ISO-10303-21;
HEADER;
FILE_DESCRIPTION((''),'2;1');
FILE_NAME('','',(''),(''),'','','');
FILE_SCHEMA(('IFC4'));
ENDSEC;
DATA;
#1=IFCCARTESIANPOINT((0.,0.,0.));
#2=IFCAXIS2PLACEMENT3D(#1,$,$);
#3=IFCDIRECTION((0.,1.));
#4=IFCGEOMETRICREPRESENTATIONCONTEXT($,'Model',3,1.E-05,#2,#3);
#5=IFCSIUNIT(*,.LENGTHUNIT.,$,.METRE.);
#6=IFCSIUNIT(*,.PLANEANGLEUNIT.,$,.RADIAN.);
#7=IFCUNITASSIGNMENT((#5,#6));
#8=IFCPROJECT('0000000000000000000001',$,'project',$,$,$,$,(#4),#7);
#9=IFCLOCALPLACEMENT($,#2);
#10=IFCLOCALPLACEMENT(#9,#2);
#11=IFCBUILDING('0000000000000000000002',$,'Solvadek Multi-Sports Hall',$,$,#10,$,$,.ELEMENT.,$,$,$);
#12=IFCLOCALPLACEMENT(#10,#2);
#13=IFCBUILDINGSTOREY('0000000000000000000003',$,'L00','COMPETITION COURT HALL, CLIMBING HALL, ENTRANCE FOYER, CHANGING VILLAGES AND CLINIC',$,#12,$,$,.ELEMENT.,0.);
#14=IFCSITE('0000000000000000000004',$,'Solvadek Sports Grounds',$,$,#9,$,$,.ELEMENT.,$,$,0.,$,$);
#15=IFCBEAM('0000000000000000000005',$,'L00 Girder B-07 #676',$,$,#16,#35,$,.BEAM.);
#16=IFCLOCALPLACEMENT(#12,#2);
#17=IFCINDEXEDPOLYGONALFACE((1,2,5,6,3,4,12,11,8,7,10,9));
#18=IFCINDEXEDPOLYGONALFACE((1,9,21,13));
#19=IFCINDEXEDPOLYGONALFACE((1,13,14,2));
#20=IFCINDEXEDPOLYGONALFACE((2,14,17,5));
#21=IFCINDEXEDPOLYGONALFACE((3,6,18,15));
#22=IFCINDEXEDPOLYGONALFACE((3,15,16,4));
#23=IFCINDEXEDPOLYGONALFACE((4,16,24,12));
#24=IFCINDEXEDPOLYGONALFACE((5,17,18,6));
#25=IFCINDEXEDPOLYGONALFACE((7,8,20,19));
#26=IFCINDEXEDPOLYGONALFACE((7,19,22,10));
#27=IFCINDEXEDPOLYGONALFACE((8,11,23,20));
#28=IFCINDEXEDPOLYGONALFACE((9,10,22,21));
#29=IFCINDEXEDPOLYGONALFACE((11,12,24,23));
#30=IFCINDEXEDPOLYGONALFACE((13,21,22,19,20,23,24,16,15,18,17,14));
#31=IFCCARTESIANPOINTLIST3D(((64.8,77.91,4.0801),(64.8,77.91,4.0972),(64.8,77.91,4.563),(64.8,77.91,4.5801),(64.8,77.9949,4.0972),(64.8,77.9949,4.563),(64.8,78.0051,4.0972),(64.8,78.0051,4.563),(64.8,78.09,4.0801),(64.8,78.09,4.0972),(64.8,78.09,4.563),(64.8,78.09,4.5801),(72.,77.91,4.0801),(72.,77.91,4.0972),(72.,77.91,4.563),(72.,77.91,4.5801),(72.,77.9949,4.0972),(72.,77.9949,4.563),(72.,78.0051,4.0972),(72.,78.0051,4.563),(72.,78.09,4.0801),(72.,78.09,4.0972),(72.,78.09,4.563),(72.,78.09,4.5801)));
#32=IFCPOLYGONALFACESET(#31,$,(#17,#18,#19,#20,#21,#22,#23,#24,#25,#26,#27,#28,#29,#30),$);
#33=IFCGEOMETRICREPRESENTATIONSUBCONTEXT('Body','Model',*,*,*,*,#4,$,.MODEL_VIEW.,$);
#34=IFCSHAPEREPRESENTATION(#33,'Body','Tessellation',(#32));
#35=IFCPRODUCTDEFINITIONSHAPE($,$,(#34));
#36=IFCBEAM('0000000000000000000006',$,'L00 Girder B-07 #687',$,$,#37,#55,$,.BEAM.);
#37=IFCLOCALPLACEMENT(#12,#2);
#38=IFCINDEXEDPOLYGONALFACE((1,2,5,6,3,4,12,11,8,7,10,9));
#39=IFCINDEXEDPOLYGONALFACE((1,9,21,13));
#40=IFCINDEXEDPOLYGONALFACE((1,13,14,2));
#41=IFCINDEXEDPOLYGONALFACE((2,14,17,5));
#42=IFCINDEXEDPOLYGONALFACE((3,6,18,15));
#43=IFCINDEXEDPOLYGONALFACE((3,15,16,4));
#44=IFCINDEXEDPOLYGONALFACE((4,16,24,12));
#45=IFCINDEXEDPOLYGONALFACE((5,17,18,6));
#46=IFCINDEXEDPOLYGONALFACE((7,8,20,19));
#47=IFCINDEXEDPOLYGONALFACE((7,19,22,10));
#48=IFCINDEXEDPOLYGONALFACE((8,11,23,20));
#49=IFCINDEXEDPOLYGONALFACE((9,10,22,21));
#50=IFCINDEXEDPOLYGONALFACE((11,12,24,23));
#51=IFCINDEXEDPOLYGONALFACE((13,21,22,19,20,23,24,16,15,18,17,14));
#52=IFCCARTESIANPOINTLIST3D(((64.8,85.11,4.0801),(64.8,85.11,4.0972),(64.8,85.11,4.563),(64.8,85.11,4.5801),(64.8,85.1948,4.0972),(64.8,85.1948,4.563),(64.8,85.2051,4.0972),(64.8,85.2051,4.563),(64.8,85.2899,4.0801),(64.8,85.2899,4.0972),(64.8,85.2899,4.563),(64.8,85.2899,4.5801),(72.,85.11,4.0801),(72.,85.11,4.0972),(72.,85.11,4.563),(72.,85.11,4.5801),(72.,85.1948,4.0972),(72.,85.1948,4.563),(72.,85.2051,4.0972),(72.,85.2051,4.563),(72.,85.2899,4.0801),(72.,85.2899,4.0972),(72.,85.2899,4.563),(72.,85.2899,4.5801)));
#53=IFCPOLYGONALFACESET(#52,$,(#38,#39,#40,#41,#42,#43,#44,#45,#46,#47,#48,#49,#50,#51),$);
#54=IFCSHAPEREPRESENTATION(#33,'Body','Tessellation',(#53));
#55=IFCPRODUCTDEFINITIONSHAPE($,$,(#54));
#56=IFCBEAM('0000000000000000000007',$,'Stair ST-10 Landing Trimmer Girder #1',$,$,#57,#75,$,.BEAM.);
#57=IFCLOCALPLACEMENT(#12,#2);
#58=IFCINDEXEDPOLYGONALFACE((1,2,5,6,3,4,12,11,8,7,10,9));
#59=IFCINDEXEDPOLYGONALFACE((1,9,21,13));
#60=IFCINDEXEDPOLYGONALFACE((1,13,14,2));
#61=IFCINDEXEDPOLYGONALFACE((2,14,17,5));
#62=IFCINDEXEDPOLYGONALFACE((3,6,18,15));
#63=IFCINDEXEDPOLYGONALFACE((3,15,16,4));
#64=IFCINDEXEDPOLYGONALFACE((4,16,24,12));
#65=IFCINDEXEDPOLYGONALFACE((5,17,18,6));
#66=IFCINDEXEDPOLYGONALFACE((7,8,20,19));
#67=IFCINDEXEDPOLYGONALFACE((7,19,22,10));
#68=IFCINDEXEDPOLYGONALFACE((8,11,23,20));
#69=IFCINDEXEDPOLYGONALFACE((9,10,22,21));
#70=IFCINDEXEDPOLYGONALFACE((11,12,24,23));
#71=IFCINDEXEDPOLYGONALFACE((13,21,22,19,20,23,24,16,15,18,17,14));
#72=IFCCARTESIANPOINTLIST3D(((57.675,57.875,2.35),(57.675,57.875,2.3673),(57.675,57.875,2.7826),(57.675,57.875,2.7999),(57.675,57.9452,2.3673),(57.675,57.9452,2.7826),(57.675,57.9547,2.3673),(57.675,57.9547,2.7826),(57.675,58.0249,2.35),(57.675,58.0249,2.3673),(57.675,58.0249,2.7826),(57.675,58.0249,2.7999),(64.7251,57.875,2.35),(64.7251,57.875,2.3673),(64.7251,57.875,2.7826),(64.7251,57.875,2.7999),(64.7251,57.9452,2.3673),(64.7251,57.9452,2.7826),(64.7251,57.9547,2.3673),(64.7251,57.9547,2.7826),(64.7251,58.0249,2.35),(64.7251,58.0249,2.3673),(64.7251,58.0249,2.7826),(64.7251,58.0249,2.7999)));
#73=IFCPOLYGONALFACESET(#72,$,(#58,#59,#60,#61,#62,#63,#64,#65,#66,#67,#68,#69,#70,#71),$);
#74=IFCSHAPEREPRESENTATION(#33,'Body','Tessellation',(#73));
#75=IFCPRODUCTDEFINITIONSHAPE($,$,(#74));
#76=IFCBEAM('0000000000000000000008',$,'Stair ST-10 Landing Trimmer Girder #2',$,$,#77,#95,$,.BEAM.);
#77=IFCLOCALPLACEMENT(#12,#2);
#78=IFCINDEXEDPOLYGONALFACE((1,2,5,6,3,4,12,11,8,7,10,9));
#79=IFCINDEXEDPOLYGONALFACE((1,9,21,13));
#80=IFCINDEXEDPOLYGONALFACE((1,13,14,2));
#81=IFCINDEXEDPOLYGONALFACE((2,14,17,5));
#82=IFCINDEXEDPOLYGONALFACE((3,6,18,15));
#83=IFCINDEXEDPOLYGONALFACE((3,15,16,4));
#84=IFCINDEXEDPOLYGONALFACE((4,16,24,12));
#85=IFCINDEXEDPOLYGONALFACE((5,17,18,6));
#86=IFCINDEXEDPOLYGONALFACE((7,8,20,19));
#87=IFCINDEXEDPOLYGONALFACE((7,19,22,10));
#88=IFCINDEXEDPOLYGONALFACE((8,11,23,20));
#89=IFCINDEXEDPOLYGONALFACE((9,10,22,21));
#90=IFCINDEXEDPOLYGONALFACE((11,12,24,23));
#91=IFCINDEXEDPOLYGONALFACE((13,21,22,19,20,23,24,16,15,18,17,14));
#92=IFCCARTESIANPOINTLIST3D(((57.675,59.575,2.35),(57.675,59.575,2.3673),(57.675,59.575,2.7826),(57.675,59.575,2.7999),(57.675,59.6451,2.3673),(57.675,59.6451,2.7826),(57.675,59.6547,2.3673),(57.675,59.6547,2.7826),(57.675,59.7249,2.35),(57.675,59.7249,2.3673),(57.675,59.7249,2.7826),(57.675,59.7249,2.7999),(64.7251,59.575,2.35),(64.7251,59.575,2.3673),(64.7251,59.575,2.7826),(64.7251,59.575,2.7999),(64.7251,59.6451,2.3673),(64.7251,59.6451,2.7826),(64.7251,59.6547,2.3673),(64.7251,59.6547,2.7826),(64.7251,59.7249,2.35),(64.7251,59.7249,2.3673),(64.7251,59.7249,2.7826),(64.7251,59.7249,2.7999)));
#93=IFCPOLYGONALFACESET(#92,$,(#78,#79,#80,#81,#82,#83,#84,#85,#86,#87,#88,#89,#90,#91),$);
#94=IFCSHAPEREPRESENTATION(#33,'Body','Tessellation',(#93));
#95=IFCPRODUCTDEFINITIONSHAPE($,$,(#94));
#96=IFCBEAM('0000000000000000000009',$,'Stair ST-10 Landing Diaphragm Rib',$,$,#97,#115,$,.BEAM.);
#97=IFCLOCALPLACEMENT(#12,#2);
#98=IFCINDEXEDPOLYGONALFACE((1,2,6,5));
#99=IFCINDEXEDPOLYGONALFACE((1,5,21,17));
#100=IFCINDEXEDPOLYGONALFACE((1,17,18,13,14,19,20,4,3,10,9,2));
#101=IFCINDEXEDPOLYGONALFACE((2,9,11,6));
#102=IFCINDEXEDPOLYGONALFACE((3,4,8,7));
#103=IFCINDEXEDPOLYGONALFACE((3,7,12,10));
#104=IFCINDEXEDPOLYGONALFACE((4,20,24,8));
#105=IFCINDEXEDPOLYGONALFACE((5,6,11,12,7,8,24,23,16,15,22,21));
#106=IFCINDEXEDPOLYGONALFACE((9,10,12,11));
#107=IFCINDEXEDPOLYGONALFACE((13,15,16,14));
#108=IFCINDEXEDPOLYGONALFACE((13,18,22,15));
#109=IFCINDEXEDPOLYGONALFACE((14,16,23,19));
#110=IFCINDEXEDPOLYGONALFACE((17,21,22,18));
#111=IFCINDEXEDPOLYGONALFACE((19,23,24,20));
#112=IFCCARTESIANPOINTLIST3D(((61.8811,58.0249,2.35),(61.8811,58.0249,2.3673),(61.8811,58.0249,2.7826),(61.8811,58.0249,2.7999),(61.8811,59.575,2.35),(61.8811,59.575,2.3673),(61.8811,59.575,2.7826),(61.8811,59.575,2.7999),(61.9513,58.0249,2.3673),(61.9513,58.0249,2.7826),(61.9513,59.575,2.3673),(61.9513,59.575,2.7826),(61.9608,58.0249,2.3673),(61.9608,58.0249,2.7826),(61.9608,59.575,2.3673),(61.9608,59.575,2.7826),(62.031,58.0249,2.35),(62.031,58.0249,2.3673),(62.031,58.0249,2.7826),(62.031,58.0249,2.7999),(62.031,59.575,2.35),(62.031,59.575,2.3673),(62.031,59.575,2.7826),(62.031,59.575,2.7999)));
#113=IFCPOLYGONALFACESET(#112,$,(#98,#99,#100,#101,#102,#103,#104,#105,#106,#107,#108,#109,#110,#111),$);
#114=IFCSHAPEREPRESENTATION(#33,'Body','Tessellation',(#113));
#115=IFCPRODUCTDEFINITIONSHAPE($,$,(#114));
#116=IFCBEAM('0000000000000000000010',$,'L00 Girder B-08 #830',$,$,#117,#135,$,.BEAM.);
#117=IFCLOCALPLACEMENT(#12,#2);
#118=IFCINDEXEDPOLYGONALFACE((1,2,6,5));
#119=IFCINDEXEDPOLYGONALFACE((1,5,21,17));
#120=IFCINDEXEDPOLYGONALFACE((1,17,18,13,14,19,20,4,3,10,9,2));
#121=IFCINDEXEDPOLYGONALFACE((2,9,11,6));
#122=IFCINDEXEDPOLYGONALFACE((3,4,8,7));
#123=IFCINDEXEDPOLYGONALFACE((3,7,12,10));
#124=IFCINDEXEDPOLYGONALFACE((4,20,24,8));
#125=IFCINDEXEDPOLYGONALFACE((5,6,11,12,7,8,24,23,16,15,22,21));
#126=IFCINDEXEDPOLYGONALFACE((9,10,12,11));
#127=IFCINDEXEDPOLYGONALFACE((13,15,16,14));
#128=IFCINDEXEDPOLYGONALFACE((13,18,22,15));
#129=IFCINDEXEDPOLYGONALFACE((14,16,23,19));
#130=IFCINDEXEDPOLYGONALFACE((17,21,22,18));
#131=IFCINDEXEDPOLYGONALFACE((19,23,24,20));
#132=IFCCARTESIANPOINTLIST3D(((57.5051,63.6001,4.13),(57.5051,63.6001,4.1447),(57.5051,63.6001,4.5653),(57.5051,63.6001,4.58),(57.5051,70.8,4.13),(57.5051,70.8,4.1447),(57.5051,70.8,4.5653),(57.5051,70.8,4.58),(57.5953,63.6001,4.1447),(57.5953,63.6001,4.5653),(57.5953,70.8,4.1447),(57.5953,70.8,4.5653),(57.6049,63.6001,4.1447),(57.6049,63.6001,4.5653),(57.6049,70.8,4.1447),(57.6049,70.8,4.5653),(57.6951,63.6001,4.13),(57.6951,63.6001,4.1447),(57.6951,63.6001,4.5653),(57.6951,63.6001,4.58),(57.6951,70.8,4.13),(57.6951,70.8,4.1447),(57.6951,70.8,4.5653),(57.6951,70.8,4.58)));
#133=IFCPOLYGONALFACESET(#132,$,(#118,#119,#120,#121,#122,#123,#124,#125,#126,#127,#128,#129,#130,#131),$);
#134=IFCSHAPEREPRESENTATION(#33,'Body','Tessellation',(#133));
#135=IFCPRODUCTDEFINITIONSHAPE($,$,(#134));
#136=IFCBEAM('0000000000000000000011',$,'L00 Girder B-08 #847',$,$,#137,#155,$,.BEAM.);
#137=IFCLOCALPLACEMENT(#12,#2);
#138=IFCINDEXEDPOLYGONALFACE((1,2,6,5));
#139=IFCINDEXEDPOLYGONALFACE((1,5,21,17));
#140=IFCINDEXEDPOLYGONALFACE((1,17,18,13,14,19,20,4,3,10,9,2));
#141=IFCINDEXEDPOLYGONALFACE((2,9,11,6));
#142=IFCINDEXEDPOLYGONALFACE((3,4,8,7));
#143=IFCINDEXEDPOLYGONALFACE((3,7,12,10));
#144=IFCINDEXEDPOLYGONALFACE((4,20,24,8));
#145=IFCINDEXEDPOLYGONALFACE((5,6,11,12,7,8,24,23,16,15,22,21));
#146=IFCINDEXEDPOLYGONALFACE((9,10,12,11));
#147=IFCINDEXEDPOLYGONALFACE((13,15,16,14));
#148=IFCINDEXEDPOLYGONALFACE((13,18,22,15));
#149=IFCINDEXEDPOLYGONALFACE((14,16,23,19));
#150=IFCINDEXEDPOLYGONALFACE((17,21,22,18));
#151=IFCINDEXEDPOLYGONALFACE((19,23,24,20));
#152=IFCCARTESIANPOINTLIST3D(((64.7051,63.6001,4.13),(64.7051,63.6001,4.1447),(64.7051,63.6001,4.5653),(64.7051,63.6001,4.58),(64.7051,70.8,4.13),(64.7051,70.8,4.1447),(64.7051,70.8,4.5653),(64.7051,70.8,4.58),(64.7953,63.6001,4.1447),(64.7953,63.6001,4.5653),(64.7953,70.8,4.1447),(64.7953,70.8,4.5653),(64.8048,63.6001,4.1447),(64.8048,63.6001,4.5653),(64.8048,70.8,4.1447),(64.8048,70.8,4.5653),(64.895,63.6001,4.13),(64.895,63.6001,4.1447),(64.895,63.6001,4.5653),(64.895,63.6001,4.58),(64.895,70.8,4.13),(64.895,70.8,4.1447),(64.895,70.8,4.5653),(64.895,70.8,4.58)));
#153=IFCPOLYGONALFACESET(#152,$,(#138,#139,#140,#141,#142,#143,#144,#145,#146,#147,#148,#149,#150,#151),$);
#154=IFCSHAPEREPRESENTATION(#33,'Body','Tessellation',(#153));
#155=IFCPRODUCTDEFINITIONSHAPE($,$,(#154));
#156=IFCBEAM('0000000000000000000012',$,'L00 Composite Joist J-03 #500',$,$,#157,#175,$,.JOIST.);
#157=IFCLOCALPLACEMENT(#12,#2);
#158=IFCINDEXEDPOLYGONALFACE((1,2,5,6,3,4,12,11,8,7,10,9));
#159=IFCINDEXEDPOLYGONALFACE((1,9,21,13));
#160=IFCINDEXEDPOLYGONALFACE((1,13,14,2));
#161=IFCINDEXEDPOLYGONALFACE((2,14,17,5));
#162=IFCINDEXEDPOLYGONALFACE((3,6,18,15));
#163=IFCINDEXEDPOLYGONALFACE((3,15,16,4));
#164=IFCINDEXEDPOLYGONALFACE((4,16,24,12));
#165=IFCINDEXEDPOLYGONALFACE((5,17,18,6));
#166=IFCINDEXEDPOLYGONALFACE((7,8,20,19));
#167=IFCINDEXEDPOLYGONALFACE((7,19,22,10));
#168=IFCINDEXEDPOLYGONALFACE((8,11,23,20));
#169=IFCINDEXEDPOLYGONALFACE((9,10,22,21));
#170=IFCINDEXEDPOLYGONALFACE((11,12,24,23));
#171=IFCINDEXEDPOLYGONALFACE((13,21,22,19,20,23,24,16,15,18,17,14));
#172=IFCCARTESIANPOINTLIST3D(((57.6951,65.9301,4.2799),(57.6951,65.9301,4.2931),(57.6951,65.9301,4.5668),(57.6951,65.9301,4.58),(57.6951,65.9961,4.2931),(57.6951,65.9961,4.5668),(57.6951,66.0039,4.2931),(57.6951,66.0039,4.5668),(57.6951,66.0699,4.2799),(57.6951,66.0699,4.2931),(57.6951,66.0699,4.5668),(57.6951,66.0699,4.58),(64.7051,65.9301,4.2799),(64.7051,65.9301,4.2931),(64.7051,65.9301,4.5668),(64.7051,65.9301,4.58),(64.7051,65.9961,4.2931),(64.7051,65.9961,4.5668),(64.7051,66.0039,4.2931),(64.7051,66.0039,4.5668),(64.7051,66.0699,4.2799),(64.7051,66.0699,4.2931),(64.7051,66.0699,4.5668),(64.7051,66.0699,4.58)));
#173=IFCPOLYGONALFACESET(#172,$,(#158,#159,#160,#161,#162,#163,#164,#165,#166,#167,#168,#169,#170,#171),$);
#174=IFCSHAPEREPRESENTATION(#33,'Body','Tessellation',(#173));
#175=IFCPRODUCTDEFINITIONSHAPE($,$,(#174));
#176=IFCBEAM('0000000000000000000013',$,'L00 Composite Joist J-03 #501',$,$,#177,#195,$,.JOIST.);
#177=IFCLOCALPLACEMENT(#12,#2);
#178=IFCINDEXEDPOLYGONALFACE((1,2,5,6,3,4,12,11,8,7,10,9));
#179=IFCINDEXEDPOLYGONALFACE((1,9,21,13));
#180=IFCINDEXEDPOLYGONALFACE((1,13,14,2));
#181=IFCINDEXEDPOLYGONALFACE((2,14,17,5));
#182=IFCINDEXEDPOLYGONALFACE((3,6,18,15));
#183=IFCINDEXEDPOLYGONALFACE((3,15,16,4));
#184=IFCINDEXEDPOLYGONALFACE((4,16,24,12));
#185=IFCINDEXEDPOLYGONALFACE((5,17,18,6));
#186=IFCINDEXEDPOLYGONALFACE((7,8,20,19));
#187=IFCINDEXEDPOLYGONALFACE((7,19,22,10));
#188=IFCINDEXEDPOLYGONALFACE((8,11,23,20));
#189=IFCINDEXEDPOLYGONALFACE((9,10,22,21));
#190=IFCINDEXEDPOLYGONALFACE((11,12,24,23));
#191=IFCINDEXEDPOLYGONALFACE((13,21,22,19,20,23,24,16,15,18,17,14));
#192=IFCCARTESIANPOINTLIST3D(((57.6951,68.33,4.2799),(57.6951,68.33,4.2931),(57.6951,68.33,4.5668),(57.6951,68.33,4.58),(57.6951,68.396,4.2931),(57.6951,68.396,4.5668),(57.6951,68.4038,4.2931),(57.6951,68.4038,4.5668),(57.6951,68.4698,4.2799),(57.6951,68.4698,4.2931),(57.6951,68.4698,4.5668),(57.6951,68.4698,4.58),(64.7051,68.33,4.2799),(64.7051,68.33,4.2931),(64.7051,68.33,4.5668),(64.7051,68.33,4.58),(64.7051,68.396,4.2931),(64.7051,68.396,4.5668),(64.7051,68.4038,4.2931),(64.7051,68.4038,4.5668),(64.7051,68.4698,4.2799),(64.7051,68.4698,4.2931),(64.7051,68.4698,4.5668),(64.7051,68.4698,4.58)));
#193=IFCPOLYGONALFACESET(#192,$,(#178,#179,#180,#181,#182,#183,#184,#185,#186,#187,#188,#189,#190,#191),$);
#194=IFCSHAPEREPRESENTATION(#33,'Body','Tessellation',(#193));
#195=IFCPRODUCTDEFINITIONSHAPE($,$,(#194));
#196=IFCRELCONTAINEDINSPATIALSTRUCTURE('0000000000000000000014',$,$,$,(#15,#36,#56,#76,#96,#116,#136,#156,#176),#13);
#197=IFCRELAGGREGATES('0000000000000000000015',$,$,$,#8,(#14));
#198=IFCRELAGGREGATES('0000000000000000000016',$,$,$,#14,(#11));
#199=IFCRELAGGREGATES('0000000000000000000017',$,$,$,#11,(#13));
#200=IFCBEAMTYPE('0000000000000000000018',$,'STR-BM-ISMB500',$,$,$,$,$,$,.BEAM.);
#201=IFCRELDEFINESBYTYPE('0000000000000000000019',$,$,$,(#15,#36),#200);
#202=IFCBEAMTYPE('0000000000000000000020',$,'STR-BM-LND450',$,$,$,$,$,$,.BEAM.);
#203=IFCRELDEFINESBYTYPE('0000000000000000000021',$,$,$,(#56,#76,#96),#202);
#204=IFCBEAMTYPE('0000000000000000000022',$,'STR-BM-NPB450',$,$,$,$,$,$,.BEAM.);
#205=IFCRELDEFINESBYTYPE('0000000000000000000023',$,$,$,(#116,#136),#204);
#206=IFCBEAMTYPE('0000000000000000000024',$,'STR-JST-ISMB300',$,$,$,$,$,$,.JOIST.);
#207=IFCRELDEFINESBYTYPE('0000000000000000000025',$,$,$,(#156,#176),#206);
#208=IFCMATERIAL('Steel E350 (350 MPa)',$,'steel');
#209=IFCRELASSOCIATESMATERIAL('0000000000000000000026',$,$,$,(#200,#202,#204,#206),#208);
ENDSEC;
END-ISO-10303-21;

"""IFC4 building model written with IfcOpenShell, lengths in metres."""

from ifc_helpers import new_model, si_unit, direction, frame, origin, origin_2d, place, context, subcontext, project, spatial, i_section, extrude, material, material_profile, profile_set, type_object, element, save


model = new_model("IFC4")

# Units and contexts
model_context = context("Model", 3, precision=1e-05, world=origin(), true_north=direction((0.0, 1.0)))
body_context = subcontext(model_context, "Body", "Model", "MODEL_VIEW")
ifc_project = project(units=[si_unit("LENGTHUNIT", "METRE"), si_unit("PLANEANGLEUNIT", "RADIAN")], contexts=[model_context])

# Site, building, storey
site_placement = place(None, origin())
site = spatial("IfcSite", under=ifc_project, at=site_placement, Name="Solvadek Sports Grounds", CompositionType="ELEMENT", RefElevation=0.0)
building_placement = place(site_placement, origin())
building = spatial("IfcBuilding", under=site, at=building_placement, Name="Solvadek Multi-Sports Hall", CompositionType="ELEMENT")
storey_placement = place(building_placement, origin())
storey = spatial("IfcBuildingStorey", under=building, at=storey_placement, Name="L00", Description="COMPETITION COURT HALL, CLIMBING HALL, ENTRANCE FOYER, CHANGING VILLAGES AND CLINIC", CompositionType="ELEMENT", Elevation=0.0)

# Shared definitions
ifc_material_1 = material(Name="Steel E350 (350 MPa)", Category="steel")

# Beams
ifc_material_profile_1 = material_profile(ifc_material_1, i_section(OverallWidth=0.1799, OverallDepth=0.5, WebThickness=0.0103, FlangeThickness=0.0171, at=origin_2d()), Name="ISMB 500")
ifc_profile_set_1 = profile_set([ifc_material_profile_1], Name="Steel E350 (350 MPa)")
beam_type_1 = type_object("IfcBeamType", Name="STR-BM-ISMB500", PredefinedType="BEAM", material=ifc_profile_set_1)
for number, where, z_axis, x_axis, name in (
    (1, (64.8, 78.0, 4.3301), (1.0, 0.0, 0.0), (0.0, 1.0, 0.0), "L00 Girder B-07 #676"),
    (2, (64.8, 85.2, 4.3301), (1.0, 0.0, 0.0), (0.0, 1.0, 0.0), "L00 Girder B-07 #687"),
):
    element("IfcBeam", number, at=place(storey_placement, frame(where, z_axis=z_axis, x_axis=x_axis)), inside=storey, type_object=beam_type_1, Name=name, PredefinedType="BEAM", context=body_context, shape_type="SweptSolid", body=[
        extrude(i_section(OverallWidth=0.1799, OverallDepth=0.5, WebThickness=0.0103, FlangeThickness=0.0171, at=origin_2d()), origin(), (0.0, 0.0, 1.0), 7.2),
    ])
ifc_material_profile_2 = material_profile(ifc_material_1, i_section(OverallWidth=0.1499, OverallDepth=0.45, WebThickness=0.0095, FlangeThickness=0.0173, at=origin_2d()), Name="ISMB 450")
ifc_profile_set_2 = profile_set([ifc_material_profile_2], Name="Steel E350 (350 MPa)")
beam_type_2 = type_object("IfcBeamType", Name="STR-BM-LND450", PredefinedType="BEAM", material=ifc_profile_set_2)
for number, where, z_axis, x_axis, name in (
    (3, (57.675, 57.95, 2.575), (1.0, 0.0, 0.0), (0.0, 1.0, 0.0), "Stair ST-10 Landing Trimmer Girder #1"),
    (4, (57.675, 59.6499, 2.575), (1.0, 0.0, 0.0), (0.0, 1.0, 0.0), "Stair ST-10 Landing Trimmer Girder #2"),
):
    element("IfcBeam", number, at=place(storey_placement, frame(where, z_axis=z_axis, x_axis=x_axis)), inside=storey, type_object=beam_type_2, Name=name, PredefinedType="BEAM", context=body_context, shape_type="SweptSolid", body=[
        extrude(i_section(OverallWidth=0.1499, OverallDepth=0.45, WebThickness=0.0095, FlangeThickness=0.0173, at=origin_2d()), origin(), (0.0, 0.0, 1.0), 7.05),
    ])
beam_placement = place(storey_placement, frame((61.9561, 58.0249, 2.575), z_axis=(0.0, 1.0, 0.0), x_axis=(-1.0, 0.0, 0.0)))
element("IfcBeam", 5, at=beam_placement, inside=storey, type_object=beam_type_2, Name="Stair ST-10 Landing Diaphragm Rib", PredefinedType="BEAM", context=body_context, shape_type="SweptSolid", body=[
    extrude(i_section(OverallWidth=0.1499, OverallDepth=0.45, WebThickness=0.0095, FlangeThickness=0.0173, at=origin_2d()), origin(), (0.0, 0.0, 1.0), 1.55),
])
ifc_material_profile_3 = material_profile(ifc_material_1, i_section(OverallWidth=0.1899, OverallDepth=0.45, WebThickness=0.0095, FlangeThickness=0.0146, at=origin_2d()), Name="NPB 450")
ifc_profile_set_3 = profile_set([ifc_material_profile_3], Name="Steel E350 (350 MPa)")
beam_type_3 = type_object("IfcBeamType", Name="STR-BM-NPB450", PredefinedType="BEAM", material=ifc_profile_set_3)
for number, where, z_axis, x_axis, name in (
    (6, (57.6001, 63.6001, 4.355), (0.0, 1.0, 0.0), (-1.0, 0.0, 0.0), "L00 Girder B-08 #830"),
    (7, (64.8, 63.6001, 4.355), (0.0, 1.0, 0.0), (-1.0, 0.0, 0.0), "L00 Girder B-08 #847"),
):
    element("IfcBeam", number, at=place(storey_placement, frame(where, z_axis=z_axis, x_axis=x_axis)), inside=storey, type_object=beam_type_3, Name=name, PredefinedType="BEAM", context=body_context, shape_type="SweptSolid", body=[
        extrude(i_section(OverallWidth=0.1899, OverallDepth=0.45, WebThickness=0.0095, FlangeThickness=0.0146, at=origin_2d()), origin(), (0.0, 0.0, 1.0), 7.2),
    ])
ifc_material_profile_4 = material_profile(ifc_material_1, i_section(OverallWidth=0.1399, OverallDepth=0.3, WebThickness=0.0078, FlangeThickness=0.0132, at=origin_2d()), Name="ISMB 300")
ifc_profile_set_4 = profile_set([ifc_material_profile_4], Name="Steel E350 (350 MPa)")
beam_type_4 = type_object("IfcBeamType", Name="STR-JST-ISMB300", PredefinedType="JOIST", material=ifc_profile_set_4)
for number, where, z_axis, x_axis, name in (
    (8, (57.6951, 66.0, 4.4299), (1.0, 0.0, 0.0), (0.0, 1.0, 0.0), "L00 Composite Joist J-03 #500"),
    (9, (57.6951, 68.3999, 4.4299), (1.0, 0.0, 0.0), (0.0, 1.0, 0.0), "L00 Composite Joist J-03 #501"),
):
    element("IfcBeam", number, at=place(storey_placement, frame(where, z_axis=z_axis, x_axis=x_axis)), inside=storey, type_object=beam_type_4, Name=name, PredefinedType="JOIST", context=body_context, shape_type="SweptSolid", body=[
        extrude(i_section(OverallWidth=0.1399, OverallDepth=0.3, WebThickness=0.0078, FlangeThickness=0.0132, at=origin_2d()), origin(), (0.0, 0.0, 1.0), 7.01),
    ])

save(model, "model.ifc")
